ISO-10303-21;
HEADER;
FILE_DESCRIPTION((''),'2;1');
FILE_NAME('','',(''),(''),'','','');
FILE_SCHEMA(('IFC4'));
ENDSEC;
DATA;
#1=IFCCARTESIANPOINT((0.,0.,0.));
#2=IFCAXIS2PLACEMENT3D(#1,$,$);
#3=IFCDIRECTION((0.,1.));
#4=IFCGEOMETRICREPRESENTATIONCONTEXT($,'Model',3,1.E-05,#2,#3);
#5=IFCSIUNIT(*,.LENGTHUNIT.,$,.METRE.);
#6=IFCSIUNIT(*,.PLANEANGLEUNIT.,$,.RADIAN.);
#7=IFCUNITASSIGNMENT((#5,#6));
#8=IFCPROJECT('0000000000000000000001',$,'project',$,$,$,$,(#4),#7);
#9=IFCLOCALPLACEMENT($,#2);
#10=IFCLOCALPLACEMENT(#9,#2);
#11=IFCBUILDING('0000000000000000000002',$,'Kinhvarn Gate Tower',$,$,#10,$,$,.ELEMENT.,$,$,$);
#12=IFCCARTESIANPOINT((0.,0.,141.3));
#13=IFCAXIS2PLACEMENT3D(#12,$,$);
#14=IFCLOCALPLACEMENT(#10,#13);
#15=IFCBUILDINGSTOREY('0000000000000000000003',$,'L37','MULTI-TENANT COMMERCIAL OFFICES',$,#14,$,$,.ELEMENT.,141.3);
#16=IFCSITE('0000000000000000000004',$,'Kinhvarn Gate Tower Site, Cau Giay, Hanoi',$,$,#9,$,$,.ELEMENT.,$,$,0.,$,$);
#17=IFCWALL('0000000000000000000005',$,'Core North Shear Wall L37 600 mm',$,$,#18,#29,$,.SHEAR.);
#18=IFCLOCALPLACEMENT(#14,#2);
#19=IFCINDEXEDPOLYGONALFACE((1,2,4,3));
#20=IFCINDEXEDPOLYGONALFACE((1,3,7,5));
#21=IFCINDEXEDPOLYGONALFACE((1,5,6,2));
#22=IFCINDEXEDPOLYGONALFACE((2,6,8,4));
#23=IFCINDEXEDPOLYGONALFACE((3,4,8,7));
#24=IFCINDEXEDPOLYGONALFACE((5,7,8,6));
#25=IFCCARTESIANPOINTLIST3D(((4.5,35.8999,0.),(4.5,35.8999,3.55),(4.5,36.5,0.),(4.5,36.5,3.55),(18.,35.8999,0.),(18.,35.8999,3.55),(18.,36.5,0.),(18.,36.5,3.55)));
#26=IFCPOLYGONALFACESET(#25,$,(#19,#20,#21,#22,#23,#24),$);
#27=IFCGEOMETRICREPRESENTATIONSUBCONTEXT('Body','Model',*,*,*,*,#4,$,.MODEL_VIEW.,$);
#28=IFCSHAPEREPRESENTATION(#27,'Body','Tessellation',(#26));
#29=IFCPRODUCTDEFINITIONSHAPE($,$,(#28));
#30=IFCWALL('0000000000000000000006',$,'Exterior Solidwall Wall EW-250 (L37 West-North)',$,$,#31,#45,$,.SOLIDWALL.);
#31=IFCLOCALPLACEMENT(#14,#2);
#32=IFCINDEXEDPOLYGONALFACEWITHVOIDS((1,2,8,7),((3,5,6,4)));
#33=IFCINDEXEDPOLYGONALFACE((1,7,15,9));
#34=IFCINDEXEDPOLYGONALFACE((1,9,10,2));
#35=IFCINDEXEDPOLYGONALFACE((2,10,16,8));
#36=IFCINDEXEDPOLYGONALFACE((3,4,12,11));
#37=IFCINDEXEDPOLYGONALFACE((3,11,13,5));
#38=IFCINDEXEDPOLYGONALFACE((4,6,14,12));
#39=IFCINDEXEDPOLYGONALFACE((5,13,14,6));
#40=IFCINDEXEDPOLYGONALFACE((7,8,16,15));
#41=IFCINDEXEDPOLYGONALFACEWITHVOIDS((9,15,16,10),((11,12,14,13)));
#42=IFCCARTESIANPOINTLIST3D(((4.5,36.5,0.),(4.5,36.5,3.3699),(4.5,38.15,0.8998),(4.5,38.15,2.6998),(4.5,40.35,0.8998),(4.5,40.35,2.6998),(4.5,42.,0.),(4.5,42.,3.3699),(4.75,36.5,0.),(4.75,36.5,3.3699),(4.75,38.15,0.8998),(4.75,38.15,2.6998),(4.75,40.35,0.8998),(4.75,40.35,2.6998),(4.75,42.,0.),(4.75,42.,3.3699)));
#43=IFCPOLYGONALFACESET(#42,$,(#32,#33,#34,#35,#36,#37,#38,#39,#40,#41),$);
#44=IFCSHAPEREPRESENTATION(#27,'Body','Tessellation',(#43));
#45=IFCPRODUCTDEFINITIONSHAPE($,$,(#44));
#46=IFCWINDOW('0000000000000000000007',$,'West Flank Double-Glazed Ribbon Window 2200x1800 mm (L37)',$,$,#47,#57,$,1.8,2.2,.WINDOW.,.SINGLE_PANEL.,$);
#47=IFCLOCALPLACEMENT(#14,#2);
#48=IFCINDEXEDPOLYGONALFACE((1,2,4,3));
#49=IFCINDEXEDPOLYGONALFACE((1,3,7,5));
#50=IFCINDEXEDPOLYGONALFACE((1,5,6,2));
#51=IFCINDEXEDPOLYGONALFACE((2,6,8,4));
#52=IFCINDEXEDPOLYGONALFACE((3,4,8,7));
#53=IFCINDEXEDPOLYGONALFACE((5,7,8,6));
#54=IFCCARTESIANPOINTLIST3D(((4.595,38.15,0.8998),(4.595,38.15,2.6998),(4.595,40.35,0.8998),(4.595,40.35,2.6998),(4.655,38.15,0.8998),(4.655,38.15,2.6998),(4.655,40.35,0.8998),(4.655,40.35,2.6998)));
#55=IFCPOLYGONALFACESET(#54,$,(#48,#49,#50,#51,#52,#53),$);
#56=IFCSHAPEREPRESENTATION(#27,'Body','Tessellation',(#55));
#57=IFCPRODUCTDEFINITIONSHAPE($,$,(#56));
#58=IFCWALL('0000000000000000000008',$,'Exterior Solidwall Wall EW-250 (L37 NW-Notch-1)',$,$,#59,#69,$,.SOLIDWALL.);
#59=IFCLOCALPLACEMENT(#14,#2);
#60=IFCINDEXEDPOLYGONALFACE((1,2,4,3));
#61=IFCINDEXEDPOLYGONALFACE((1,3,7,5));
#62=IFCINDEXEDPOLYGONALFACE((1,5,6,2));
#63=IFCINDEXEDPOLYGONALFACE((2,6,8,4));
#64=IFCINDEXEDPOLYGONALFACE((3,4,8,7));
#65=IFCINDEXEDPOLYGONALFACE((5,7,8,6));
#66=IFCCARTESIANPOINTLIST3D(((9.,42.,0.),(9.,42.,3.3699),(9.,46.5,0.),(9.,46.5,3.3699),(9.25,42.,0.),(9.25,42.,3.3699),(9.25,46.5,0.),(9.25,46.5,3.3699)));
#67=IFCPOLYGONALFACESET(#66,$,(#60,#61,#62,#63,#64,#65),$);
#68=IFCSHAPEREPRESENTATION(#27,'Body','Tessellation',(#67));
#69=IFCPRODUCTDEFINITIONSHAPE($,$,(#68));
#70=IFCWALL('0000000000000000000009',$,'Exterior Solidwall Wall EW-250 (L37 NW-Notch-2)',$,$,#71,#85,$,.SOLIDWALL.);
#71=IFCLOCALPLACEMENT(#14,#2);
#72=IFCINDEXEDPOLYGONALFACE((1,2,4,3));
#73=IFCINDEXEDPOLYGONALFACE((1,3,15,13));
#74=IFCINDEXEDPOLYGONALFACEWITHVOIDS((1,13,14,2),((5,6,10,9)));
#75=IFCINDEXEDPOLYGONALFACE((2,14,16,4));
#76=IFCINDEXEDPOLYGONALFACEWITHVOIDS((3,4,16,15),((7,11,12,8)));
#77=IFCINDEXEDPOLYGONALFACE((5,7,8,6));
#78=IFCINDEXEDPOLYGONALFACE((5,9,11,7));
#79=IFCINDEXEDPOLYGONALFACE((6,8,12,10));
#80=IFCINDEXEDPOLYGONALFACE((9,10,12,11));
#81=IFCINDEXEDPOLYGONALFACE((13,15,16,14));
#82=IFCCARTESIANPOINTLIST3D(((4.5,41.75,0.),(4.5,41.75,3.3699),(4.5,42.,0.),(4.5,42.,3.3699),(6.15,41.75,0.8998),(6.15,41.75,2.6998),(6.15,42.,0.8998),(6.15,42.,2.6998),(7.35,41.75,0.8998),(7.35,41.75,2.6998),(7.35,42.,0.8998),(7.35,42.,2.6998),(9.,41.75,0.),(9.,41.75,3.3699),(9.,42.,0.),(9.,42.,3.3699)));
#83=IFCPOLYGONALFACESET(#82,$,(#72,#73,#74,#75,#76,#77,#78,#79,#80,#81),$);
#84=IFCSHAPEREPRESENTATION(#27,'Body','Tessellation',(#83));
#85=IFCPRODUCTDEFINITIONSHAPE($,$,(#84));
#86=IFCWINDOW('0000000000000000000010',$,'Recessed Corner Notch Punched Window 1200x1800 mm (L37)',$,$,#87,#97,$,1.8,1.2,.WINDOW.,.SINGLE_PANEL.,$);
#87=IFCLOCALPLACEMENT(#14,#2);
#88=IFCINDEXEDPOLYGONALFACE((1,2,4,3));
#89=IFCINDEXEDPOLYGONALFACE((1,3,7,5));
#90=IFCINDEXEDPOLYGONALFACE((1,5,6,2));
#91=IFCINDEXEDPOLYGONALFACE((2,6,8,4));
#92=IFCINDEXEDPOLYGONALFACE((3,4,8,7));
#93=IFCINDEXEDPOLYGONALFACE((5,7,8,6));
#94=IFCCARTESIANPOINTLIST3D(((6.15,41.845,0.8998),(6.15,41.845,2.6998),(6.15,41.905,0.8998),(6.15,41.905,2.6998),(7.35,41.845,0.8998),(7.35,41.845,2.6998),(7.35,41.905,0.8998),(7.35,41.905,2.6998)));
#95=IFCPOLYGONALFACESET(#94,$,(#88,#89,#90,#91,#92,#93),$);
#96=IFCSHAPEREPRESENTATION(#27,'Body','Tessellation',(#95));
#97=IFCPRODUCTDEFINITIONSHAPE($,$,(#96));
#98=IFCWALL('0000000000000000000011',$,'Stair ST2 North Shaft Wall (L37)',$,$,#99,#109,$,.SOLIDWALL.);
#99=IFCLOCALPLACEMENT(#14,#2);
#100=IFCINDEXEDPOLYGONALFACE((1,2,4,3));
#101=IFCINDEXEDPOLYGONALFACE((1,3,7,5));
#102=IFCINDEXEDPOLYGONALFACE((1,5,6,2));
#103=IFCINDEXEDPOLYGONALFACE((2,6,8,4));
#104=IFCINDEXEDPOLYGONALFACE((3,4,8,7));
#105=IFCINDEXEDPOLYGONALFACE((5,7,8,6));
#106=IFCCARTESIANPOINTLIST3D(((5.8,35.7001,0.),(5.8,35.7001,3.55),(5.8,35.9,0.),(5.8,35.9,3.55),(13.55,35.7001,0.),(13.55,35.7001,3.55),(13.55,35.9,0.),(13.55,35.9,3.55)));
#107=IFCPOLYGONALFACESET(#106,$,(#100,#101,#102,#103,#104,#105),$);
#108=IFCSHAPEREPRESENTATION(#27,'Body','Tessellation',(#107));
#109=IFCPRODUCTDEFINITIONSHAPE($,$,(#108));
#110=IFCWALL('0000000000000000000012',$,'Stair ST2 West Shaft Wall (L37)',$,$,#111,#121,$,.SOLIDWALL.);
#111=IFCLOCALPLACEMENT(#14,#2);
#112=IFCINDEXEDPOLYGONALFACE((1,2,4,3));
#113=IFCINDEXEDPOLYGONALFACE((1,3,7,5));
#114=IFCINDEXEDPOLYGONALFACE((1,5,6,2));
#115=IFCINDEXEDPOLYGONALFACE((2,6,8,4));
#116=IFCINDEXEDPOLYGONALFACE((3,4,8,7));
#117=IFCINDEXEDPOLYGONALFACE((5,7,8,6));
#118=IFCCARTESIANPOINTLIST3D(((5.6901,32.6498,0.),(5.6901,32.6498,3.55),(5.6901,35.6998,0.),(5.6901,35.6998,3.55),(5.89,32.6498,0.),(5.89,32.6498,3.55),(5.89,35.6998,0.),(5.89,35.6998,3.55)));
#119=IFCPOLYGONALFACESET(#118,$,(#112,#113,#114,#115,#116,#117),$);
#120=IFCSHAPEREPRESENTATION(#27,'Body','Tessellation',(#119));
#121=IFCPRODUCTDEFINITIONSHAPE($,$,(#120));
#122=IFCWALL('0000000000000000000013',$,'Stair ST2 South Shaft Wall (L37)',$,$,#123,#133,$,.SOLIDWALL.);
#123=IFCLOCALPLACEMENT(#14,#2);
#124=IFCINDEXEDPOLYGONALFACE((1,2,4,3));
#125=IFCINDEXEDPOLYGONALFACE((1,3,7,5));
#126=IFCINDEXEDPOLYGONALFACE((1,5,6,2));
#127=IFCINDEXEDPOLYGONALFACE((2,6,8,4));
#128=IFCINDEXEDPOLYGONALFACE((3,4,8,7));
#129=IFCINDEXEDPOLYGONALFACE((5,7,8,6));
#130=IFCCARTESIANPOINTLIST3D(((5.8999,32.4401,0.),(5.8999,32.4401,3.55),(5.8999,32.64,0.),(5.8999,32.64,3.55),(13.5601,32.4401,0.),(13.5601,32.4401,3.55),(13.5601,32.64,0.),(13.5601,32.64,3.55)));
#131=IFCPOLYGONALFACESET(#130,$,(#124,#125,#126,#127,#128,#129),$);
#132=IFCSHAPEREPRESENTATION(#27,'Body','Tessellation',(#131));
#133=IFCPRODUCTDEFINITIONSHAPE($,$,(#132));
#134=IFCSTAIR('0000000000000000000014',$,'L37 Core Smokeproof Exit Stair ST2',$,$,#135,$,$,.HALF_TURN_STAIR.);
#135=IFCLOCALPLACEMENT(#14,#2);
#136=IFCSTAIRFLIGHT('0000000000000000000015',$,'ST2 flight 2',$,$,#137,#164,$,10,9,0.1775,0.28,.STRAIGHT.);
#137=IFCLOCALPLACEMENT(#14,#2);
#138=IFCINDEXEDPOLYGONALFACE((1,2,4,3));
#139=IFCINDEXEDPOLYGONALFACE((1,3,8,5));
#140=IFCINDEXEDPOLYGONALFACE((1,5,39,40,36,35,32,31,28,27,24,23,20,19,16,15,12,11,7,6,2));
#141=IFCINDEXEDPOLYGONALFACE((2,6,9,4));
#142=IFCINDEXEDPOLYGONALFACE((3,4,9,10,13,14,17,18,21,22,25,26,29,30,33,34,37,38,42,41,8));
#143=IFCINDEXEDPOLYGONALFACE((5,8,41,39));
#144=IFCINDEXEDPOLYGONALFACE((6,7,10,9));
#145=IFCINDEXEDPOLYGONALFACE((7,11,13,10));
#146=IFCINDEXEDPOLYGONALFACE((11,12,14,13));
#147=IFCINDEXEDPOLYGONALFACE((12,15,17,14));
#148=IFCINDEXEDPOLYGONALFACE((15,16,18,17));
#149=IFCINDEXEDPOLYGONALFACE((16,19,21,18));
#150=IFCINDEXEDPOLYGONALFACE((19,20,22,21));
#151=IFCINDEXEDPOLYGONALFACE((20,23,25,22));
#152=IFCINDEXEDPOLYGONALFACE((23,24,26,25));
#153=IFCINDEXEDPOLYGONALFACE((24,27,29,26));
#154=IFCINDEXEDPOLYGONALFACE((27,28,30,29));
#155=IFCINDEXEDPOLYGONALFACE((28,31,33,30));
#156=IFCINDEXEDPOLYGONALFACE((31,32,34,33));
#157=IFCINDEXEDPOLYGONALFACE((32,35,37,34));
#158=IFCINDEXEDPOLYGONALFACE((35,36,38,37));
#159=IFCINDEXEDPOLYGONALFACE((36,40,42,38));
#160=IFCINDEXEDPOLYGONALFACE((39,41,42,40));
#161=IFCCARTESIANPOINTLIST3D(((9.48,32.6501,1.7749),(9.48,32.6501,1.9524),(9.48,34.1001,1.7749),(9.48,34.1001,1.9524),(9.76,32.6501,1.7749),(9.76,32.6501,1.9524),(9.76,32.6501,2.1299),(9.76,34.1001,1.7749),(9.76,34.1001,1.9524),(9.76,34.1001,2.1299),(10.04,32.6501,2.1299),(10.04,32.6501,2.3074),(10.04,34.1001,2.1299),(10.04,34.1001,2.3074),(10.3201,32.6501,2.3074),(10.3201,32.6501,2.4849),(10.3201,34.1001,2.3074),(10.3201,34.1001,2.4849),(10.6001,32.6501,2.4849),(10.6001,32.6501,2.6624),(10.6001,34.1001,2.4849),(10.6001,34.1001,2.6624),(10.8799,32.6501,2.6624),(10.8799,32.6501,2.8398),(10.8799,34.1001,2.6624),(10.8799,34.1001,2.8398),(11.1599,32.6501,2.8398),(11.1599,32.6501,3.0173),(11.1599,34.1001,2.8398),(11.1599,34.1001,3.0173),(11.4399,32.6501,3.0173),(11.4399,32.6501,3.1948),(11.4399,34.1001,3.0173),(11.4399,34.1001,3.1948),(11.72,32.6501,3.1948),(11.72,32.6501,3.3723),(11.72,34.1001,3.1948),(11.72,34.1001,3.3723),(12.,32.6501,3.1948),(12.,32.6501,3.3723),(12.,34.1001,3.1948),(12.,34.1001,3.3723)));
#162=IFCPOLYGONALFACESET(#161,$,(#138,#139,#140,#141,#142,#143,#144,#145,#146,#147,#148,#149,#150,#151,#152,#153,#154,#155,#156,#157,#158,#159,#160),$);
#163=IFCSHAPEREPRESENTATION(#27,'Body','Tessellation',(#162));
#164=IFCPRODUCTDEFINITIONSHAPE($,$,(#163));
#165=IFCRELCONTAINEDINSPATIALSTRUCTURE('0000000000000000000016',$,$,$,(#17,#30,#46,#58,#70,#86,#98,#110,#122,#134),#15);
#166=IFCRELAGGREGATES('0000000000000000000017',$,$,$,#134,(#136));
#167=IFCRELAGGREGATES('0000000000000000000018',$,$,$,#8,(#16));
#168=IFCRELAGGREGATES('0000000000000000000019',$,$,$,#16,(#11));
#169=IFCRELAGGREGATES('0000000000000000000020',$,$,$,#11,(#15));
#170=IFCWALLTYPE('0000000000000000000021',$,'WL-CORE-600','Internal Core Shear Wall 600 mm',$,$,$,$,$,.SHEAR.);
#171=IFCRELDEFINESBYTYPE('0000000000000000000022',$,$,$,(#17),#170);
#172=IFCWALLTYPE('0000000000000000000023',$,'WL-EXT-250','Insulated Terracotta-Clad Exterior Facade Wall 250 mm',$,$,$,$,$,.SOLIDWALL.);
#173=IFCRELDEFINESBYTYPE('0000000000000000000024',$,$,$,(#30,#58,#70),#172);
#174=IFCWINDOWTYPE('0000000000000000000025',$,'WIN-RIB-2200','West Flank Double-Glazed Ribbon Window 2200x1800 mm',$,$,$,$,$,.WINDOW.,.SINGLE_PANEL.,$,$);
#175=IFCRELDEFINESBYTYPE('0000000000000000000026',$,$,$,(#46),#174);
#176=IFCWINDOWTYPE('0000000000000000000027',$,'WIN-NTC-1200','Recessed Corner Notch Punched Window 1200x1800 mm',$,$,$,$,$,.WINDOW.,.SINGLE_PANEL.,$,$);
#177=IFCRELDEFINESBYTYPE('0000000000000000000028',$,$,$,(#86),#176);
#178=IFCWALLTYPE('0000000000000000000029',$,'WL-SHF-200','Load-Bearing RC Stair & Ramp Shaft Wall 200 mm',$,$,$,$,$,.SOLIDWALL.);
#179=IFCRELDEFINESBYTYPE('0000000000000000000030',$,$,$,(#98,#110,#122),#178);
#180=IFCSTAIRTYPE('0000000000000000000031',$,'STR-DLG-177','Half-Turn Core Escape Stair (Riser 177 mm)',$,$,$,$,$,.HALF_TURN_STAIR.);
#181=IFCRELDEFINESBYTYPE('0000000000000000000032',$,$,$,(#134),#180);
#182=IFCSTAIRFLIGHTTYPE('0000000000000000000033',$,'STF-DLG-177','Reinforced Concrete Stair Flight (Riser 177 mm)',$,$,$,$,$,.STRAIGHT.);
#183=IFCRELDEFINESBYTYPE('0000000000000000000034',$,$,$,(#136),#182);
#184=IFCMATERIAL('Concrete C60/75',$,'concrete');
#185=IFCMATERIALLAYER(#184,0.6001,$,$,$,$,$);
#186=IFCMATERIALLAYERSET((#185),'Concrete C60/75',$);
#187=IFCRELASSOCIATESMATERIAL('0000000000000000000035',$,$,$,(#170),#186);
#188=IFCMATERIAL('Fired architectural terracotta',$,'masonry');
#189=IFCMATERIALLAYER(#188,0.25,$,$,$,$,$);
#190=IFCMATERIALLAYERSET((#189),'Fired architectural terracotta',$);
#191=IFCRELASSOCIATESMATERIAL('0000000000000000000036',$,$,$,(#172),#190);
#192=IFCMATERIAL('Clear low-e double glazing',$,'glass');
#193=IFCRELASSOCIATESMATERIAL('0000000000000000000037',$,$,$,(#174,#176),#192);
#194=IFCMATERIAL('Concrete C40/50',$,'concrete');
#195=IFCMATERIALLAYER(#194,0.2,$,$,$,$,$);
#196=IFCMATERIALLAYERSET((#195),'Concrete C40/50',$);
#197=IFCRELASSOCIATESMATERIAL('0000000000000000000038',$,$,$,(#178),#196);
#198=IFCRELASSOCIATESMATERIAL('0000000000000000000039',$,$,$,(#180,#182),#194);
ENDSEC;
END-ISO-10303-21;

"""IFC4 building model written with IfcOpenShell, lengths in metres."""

from ifc_helpers import new_model, si_unit, direction, frame, frame_2d, origin, place, context, subcontext, project, spatial, polyline, rectangle, outline, extrude, material, layer, layer_set, type_object, element, fill, aggregate, save


model = new_model("IFC4")

# Units and contexts
model_context = context("Model", 3, precision=1e-05, world=origin(), true_north=direction((0.0, 1.0)))
body_context = subcontext(model_context, "Body", "Model", "MODEL_VIEW")
ifc_project = project(units=[si_unit("LENGTHUNIT", "METRE"), si_unit("PLANEANGLEUNIT", "RADIAN")], contexts=[model_context])

# Site, building, storey
site_placement = place(None, origin())
site = spatial("IfcSite", under=ifc_project, at=site_placement, Name="Kinhvarn Gate Tower Site, Cau Giay, Hanoi", CompositionType="ELEMENT", RefElevation=0.0)
building_placement = place(site_placement, origin())
building = spatial("IfcBuilding", under=site, at=building_placement, Name="Kinhvarn Gate Tower", CompositionType="ELEMENT")
storey_placement = place(building_placement, frame((0.0, 0.0, 141.3)))
storey = spatial("IfcBuildingStorey", under=building, at=storey_placement, Name="L37", Description="MULTI-TENANT COMMERCIAL OFFICES", CompositionType="ELEMENT", Elevation=141.3)

# Shared definitions
ifc_material_1 = material(Name="Concrete C60/75", Category="concrete")

# Shared definitions
ifc_material_2 = material(Name="Clear low-e double glazing", Category="glass")

# Wall
ifc_layer_1 = layer(ifc_material_1, 0.6001)
ifc_layer_set_1 = layer_set([ifc_layer_1], Name="Concrete C60/75")
wall_type_1 = type_object("IfcWallType", Name="WL-CORE-600", Description="Internal Core Shear Wall 600 mm", PredefinedType="SHEAR", material=ifc_layer_set_1)
wall_1_placement = place(storey_placement, frame((4.5, 36.2, 0.0), z_axis=(0.0, 0.0, 1.0), x_axis=(1.0, 0.0, 0.0)))
element("IfcWall", 1, at=wall_1_placement, inside=storey, type_object=wall_type_1, Name="Core North Shear Wall L37 600 mm", PredefinedType="SHEAR", context=body_context, shape_type="SweptSolid", body=[
    extrude(rectangle(XDim=13.5, YDim=0.6001, at=frame_2d((6.75, 0.0))), origin(), (0.0, 0.0, 1.0), 3.55),
])

# Wall, opening, window
ifc_material_3 = material(Name="Fired architectural terracotta", Category="masonry")
ifc_layer_2 = layer(ifc_material_3, 0.25)
ifc_layer_set_2 = layer_set([ifc_layer_2], Name="Fired architectural terracotta")
wall_type_2 = type_object("IfcWallType", Name="WL-EXT-250", Description="Insulated Terracotta-Clad Exterior Facade Wall 250 mm", PredefinedType="SOLIDWALL", material=ifc_layer_set_2)
wall_2_placement = place(storey_placement, frame((4.625, 42.0, 0.0), z_axis=(0.0, 0.0, 1.0), x_axis=(0.0, -1.0, 0.0)))
wall_2 = element("IfcWall", 2, at=wall_2_placement, inside=storey, type_object=wall_type_2, Name="Exterior Solidwall Wall EW-250 (L37 West-North)", PredefinedType="SOLIDWALL", context=body_context, shape_type="SweptSolid", body=[
    extrude(rectangle(XDim=5.5, YDim=0.25, at=frame_2d((2.75, 0.0))), origin(), (0.0, 0.0, 1.0), 3.3699),
])
opening_1_placement = place(wall_2_placement, frame((1.6499, 0.0, 0.8999)))
opening_1 = element("IfcOpeningElement", 3, at=opening_1_placement, cuts=wall_2, PredefinedType="OPENING", context=body_context, shape_type="SweptSolid", body=[
    extrude(rectangle(XDim=2.2, YDim=1.8, at=frame_2d((1.1001, 0.8999))), frame((0.0, 0.135, 0.0), z_axis=(0.0, -1.0, 0.0), x_axis=(1.0, 0.0, 0.0)), (0.0, 0.0, 1.0), 0.27),
])
window_type_1 = type_object("IfcWindowType", Name="WIN-RIB-2200", Description="West Flank Double-Glazed Ribbon Window 2200x1800 mm", PartitioningType="SINGLE_PANEL", PredefinedType="WINDOW", material=ifc_material_2)
window_1_placement = place(opening_1_placement, origin())
window_1 = element("IfcWindow", 4, at=window_1_placement, inside=storey, type_object=window_type_1, Name="West Flank Double-Glazed Ribbon Window 2200x1800 mm (L37)", OverallHeight=1.8, OverallWidth=2.2, PartitioningType="SINGLE_PANEL", PredefinedType="WINDOW", context=body_context, shape_type="SweptSolid", body=[
    extrude(rectangle(XDim=2.2, YDim=1.8, at=frame_2d((1.1001, 0.8999))), frame((0.0, 0.03, 0.0), z_axis=(0.0, -1.0, 0.0), x_axis=(1.0, 0.0, 0.0)), (0.0, 0.0, 1.0), 0.0601),
])
fill(opening_1, window_1)

# Wall
wall_3_placement = place(storey_placement, frame((9.125, 46.5, 0.0), z_axis=(0.0, 0.0, 1.0), x_axis=(0.0, -1.0, 0.0)))
element("IfcWall", 5, at=wall_3_placement, inside=storey, type_object=wall_type_2, Name="Exterior Solidwall Wall EW-250 (L37 NW-Notch-1)", PredefinedType="SOLIDWALL", context=body_context, shape_type="SweptSolid", body=[
    extrude(rectangle(XDim=4.5, YDim=0.25, at=frame_2d((2.25, 0.0))), origin(), (0.0, 0.0, 1.0), 3.3699),
])

# Wall, opening, window
wall_4_placement = place(storey_placement, frame((9.0, 41.875, 0.0), z_axis=(0.0, 0.0, 1.0), x_axis=(-1.0, 0.0, 0.0)))
wall_4 = element("IfcWall", 6, at=wall_4_placement, inside=storey, type_object=wall_type_2, Name="Exterior Solidwall Wall EW-250 (L37 NW-Notch-2)", PredefinedType="SOLIDWALL", context=body_context, shape_type="SweptSolid", body=[
    extrude(rectangle(XDim=4.5, YDim=0.25, at=frame_2d((2.25, 0.0))), origin(), (0.0, 0.0, 1.0), 3.3699),
])
opening_2_placement = place(wall_4_placement, frame((1.6499, 0.0, 0.8999)))
opening_2 = element("IfcOpeningElement", 7, at=opening_2_placement, cuts=wall_4, PredefinedType="OPENING", context=body_context, shape_type="SweptSolid", body=[
    extrude(rectangle(XDim=1.2, YDim=1.8, at=frame_2d((0.6001, 0.8999))), frame((0.0, 0.135, 0.0), z_axis=(0.0, -1.0, 0.0), x_axis=(1.0, 0.0, 0.0)), (0.0, 0.0, 1.0), 0.27),
])
window_type_2 = type_object("IfcWindowType", Name="WIN-NTC-1200", Description="Recessed Corner Notch Punched Window 1200x1800 mm", PartitioningType="SINGLE_PANEL", PredefinedType="WINDOW", material=ifc_material_2)
window_2_placement = place(opening_2_placement, origin())
window_2 = element("IfcWindow", 8, at=window_2_placement, inside=storey, type_object=window_type_2, Name="Recessed Corner Notch Punched Window 1200x1800 mm (L37)", OverallHeight=1.8, OverallWidth=1.2, PartitioningType="SINGLE_PANEL", PredefinedType="WINDOW", context=body_context, shape_type="SweptSolid", body=[
    extrude(rectangle(XDim=1.2, YDim=1.8, at=frame_2d((0.6001, 0.8999))), frame((0.0, 0.03, 0.0), z_axis=(0.0, -1.0, 0.0), x_axis=(1.0, 0.0, 0.0)), (0.0, 0.0, 1.0), 0.0601),
])
fill(opening_2, window_2)

# Walls
ifc_material_4 = material(Name="Concrete C40/50", Category="concrete")
ifc_layer_3 = layer(ifc_material_4, 0.2)
ifc_layer_set_3 = layer_set([ifc_layer_3], Name="Concrete C40/50")
wall_type_3 = type_object("IfcWallType", Name="WL-SHF-200", Description="Load-Bearing RC Stair & Ramp Shaft Wall 200 mm", PredefinedType="SOLIDWALL", material=ifc_layer_set_3)
wall_5_placement = place(storey_placement, frame((5.8, 35.8, 0.0), z_axis=(0.0, 0.0, 1.0), x_axis=(1.0, 0.0, 0.0)))
element("IfcWall", 9, at=wall_5_placement, inside=storey, type_object=wall_type_3, Name="Stair ST2 North Shaft Wall (L37)", PredefinedType="SOLIDWALL", context=body_context, shape_type="SweptSolid", body=[
    extrude(rectangle(XDim=7.75, YDim=0.2, at=frame_2d((3.875, 0.0))), origin(), (0.0, 0.0, 1.0), 3.55),
])
wall_6_placement = place(storey_placement, frame((5.79, 32.6499, 0.0), z_axis=(0.0, 0.0, 1.0), x_axis=(0.0, 1.0, 0.0)))
element("IfcWall", 10, at=wall_6_placement, inside=storey, type_object=wall_type_3, Name="Stair ST2 West Shaft Wall (L37)", PredefinedType="SOLIDWALL", context=body_context, shape_type="SweptSolid", body=[
    extrude(rectangle(XDim=3.05, YDim=0.2, at=frame_2d((1.5249, 0.0))), origin(), (0.0, 0.0, 1.0), 3.55),
])
wall_7_placement = place(storey_placement, frame((5.8999, 32.54, 0.0), z_axis=(0.0, 0.0, 1.0), x_axis=(1.0, 0.0, 0.0)))
element("IfcWall", 11, at=wall_7_placement, inside=storey, type_object=wall_type_3, Name="Stair ST2 South Shaft Wall (L37)", PredefinedType="SOLIDWALL", context=body_context, shape_type="SweptSolid", body=[
    extrude(rectangle(XDim=7.6602, YDim=0.2, at=frame_2d((3.8301, 0.0))), origin(), (0.0, 0.0, 1.0), 3.55),
])

# Stair, stair flight
stair_type = type_object("IfcStairType", Name="STR-DLG-177", Description="Half-Turn Core Escape Stair (Riser 177 mm)", PredefinedType="HALF_TURN_STAIR", material=ifc_material_4)
stair_placement = place(storey_placement, origin())
stair = element("IfcStair", 12, at=stair_placement, inside=storey, type_object=stair_type, Name="L37 Core Smokeproof Exit Stair ST2", PredefinedType="HALF_TURN_STAIR")
stair_flight_type = type_object("IfcStairFlightType", Name="STF-DLG-177", Description="Reinforced Concrete Stair Flight (Riser 177 mm)", PredefinedType="STRAIGHT", material=ifc_material_4)
stair_flight_placement = place(storey_placement, frame((9.48, 33.375, 1.7749), z_axis=(0.0, 0.0, 1.0), x_axis=(1.0, 0.0, 0.0)))
stair_flight = element("IfcStairFlight", 13, at=stair_flight_placement, type_object=stair_flight_type, Name="ST2 flight 2", NumberOfRisers=10, NumberOfTreads=9, PredefinedType="STRAIGHT", RiserHeight=0.1775, TreadLength=0.28, context=body_context, shape_type="SweptSolid", body=[
    extrude(outline(polyline([(0.0, 0.0), (0.0, 0.1775), (0.28, 0.1775), (0.28, 0.355), (0.5601, 0.355), (0.5601, 0.5325), (0.8401, 0.5325), (0.8401, 0.71), (1.1201, 0.71), (1.1201, 0.8875), (1.3999, 0.8875), (1.3999, 1.0649), (1.6799, 1.0649), (1.6799, 1.2424), (1.96, 1.2424), (1.96, 1.4199), (2.24, 1.4199), (2.24, 1.5974), (2.52, 1.5974), (2.52, 1.7749), (2.52, 1.4199), (0.28, 0.0), (0.0, 0.0)])), frame((0.0, 0.7251, 0.0), z_axis=(0.0, -1.0, 0.0), x_axis=(1.0, 0.0, 0.0)), (0.0, 0.0, 1.0), 1.45),
])
aggregate(stair, [stair_flight])

save(model, "model.ifc")
